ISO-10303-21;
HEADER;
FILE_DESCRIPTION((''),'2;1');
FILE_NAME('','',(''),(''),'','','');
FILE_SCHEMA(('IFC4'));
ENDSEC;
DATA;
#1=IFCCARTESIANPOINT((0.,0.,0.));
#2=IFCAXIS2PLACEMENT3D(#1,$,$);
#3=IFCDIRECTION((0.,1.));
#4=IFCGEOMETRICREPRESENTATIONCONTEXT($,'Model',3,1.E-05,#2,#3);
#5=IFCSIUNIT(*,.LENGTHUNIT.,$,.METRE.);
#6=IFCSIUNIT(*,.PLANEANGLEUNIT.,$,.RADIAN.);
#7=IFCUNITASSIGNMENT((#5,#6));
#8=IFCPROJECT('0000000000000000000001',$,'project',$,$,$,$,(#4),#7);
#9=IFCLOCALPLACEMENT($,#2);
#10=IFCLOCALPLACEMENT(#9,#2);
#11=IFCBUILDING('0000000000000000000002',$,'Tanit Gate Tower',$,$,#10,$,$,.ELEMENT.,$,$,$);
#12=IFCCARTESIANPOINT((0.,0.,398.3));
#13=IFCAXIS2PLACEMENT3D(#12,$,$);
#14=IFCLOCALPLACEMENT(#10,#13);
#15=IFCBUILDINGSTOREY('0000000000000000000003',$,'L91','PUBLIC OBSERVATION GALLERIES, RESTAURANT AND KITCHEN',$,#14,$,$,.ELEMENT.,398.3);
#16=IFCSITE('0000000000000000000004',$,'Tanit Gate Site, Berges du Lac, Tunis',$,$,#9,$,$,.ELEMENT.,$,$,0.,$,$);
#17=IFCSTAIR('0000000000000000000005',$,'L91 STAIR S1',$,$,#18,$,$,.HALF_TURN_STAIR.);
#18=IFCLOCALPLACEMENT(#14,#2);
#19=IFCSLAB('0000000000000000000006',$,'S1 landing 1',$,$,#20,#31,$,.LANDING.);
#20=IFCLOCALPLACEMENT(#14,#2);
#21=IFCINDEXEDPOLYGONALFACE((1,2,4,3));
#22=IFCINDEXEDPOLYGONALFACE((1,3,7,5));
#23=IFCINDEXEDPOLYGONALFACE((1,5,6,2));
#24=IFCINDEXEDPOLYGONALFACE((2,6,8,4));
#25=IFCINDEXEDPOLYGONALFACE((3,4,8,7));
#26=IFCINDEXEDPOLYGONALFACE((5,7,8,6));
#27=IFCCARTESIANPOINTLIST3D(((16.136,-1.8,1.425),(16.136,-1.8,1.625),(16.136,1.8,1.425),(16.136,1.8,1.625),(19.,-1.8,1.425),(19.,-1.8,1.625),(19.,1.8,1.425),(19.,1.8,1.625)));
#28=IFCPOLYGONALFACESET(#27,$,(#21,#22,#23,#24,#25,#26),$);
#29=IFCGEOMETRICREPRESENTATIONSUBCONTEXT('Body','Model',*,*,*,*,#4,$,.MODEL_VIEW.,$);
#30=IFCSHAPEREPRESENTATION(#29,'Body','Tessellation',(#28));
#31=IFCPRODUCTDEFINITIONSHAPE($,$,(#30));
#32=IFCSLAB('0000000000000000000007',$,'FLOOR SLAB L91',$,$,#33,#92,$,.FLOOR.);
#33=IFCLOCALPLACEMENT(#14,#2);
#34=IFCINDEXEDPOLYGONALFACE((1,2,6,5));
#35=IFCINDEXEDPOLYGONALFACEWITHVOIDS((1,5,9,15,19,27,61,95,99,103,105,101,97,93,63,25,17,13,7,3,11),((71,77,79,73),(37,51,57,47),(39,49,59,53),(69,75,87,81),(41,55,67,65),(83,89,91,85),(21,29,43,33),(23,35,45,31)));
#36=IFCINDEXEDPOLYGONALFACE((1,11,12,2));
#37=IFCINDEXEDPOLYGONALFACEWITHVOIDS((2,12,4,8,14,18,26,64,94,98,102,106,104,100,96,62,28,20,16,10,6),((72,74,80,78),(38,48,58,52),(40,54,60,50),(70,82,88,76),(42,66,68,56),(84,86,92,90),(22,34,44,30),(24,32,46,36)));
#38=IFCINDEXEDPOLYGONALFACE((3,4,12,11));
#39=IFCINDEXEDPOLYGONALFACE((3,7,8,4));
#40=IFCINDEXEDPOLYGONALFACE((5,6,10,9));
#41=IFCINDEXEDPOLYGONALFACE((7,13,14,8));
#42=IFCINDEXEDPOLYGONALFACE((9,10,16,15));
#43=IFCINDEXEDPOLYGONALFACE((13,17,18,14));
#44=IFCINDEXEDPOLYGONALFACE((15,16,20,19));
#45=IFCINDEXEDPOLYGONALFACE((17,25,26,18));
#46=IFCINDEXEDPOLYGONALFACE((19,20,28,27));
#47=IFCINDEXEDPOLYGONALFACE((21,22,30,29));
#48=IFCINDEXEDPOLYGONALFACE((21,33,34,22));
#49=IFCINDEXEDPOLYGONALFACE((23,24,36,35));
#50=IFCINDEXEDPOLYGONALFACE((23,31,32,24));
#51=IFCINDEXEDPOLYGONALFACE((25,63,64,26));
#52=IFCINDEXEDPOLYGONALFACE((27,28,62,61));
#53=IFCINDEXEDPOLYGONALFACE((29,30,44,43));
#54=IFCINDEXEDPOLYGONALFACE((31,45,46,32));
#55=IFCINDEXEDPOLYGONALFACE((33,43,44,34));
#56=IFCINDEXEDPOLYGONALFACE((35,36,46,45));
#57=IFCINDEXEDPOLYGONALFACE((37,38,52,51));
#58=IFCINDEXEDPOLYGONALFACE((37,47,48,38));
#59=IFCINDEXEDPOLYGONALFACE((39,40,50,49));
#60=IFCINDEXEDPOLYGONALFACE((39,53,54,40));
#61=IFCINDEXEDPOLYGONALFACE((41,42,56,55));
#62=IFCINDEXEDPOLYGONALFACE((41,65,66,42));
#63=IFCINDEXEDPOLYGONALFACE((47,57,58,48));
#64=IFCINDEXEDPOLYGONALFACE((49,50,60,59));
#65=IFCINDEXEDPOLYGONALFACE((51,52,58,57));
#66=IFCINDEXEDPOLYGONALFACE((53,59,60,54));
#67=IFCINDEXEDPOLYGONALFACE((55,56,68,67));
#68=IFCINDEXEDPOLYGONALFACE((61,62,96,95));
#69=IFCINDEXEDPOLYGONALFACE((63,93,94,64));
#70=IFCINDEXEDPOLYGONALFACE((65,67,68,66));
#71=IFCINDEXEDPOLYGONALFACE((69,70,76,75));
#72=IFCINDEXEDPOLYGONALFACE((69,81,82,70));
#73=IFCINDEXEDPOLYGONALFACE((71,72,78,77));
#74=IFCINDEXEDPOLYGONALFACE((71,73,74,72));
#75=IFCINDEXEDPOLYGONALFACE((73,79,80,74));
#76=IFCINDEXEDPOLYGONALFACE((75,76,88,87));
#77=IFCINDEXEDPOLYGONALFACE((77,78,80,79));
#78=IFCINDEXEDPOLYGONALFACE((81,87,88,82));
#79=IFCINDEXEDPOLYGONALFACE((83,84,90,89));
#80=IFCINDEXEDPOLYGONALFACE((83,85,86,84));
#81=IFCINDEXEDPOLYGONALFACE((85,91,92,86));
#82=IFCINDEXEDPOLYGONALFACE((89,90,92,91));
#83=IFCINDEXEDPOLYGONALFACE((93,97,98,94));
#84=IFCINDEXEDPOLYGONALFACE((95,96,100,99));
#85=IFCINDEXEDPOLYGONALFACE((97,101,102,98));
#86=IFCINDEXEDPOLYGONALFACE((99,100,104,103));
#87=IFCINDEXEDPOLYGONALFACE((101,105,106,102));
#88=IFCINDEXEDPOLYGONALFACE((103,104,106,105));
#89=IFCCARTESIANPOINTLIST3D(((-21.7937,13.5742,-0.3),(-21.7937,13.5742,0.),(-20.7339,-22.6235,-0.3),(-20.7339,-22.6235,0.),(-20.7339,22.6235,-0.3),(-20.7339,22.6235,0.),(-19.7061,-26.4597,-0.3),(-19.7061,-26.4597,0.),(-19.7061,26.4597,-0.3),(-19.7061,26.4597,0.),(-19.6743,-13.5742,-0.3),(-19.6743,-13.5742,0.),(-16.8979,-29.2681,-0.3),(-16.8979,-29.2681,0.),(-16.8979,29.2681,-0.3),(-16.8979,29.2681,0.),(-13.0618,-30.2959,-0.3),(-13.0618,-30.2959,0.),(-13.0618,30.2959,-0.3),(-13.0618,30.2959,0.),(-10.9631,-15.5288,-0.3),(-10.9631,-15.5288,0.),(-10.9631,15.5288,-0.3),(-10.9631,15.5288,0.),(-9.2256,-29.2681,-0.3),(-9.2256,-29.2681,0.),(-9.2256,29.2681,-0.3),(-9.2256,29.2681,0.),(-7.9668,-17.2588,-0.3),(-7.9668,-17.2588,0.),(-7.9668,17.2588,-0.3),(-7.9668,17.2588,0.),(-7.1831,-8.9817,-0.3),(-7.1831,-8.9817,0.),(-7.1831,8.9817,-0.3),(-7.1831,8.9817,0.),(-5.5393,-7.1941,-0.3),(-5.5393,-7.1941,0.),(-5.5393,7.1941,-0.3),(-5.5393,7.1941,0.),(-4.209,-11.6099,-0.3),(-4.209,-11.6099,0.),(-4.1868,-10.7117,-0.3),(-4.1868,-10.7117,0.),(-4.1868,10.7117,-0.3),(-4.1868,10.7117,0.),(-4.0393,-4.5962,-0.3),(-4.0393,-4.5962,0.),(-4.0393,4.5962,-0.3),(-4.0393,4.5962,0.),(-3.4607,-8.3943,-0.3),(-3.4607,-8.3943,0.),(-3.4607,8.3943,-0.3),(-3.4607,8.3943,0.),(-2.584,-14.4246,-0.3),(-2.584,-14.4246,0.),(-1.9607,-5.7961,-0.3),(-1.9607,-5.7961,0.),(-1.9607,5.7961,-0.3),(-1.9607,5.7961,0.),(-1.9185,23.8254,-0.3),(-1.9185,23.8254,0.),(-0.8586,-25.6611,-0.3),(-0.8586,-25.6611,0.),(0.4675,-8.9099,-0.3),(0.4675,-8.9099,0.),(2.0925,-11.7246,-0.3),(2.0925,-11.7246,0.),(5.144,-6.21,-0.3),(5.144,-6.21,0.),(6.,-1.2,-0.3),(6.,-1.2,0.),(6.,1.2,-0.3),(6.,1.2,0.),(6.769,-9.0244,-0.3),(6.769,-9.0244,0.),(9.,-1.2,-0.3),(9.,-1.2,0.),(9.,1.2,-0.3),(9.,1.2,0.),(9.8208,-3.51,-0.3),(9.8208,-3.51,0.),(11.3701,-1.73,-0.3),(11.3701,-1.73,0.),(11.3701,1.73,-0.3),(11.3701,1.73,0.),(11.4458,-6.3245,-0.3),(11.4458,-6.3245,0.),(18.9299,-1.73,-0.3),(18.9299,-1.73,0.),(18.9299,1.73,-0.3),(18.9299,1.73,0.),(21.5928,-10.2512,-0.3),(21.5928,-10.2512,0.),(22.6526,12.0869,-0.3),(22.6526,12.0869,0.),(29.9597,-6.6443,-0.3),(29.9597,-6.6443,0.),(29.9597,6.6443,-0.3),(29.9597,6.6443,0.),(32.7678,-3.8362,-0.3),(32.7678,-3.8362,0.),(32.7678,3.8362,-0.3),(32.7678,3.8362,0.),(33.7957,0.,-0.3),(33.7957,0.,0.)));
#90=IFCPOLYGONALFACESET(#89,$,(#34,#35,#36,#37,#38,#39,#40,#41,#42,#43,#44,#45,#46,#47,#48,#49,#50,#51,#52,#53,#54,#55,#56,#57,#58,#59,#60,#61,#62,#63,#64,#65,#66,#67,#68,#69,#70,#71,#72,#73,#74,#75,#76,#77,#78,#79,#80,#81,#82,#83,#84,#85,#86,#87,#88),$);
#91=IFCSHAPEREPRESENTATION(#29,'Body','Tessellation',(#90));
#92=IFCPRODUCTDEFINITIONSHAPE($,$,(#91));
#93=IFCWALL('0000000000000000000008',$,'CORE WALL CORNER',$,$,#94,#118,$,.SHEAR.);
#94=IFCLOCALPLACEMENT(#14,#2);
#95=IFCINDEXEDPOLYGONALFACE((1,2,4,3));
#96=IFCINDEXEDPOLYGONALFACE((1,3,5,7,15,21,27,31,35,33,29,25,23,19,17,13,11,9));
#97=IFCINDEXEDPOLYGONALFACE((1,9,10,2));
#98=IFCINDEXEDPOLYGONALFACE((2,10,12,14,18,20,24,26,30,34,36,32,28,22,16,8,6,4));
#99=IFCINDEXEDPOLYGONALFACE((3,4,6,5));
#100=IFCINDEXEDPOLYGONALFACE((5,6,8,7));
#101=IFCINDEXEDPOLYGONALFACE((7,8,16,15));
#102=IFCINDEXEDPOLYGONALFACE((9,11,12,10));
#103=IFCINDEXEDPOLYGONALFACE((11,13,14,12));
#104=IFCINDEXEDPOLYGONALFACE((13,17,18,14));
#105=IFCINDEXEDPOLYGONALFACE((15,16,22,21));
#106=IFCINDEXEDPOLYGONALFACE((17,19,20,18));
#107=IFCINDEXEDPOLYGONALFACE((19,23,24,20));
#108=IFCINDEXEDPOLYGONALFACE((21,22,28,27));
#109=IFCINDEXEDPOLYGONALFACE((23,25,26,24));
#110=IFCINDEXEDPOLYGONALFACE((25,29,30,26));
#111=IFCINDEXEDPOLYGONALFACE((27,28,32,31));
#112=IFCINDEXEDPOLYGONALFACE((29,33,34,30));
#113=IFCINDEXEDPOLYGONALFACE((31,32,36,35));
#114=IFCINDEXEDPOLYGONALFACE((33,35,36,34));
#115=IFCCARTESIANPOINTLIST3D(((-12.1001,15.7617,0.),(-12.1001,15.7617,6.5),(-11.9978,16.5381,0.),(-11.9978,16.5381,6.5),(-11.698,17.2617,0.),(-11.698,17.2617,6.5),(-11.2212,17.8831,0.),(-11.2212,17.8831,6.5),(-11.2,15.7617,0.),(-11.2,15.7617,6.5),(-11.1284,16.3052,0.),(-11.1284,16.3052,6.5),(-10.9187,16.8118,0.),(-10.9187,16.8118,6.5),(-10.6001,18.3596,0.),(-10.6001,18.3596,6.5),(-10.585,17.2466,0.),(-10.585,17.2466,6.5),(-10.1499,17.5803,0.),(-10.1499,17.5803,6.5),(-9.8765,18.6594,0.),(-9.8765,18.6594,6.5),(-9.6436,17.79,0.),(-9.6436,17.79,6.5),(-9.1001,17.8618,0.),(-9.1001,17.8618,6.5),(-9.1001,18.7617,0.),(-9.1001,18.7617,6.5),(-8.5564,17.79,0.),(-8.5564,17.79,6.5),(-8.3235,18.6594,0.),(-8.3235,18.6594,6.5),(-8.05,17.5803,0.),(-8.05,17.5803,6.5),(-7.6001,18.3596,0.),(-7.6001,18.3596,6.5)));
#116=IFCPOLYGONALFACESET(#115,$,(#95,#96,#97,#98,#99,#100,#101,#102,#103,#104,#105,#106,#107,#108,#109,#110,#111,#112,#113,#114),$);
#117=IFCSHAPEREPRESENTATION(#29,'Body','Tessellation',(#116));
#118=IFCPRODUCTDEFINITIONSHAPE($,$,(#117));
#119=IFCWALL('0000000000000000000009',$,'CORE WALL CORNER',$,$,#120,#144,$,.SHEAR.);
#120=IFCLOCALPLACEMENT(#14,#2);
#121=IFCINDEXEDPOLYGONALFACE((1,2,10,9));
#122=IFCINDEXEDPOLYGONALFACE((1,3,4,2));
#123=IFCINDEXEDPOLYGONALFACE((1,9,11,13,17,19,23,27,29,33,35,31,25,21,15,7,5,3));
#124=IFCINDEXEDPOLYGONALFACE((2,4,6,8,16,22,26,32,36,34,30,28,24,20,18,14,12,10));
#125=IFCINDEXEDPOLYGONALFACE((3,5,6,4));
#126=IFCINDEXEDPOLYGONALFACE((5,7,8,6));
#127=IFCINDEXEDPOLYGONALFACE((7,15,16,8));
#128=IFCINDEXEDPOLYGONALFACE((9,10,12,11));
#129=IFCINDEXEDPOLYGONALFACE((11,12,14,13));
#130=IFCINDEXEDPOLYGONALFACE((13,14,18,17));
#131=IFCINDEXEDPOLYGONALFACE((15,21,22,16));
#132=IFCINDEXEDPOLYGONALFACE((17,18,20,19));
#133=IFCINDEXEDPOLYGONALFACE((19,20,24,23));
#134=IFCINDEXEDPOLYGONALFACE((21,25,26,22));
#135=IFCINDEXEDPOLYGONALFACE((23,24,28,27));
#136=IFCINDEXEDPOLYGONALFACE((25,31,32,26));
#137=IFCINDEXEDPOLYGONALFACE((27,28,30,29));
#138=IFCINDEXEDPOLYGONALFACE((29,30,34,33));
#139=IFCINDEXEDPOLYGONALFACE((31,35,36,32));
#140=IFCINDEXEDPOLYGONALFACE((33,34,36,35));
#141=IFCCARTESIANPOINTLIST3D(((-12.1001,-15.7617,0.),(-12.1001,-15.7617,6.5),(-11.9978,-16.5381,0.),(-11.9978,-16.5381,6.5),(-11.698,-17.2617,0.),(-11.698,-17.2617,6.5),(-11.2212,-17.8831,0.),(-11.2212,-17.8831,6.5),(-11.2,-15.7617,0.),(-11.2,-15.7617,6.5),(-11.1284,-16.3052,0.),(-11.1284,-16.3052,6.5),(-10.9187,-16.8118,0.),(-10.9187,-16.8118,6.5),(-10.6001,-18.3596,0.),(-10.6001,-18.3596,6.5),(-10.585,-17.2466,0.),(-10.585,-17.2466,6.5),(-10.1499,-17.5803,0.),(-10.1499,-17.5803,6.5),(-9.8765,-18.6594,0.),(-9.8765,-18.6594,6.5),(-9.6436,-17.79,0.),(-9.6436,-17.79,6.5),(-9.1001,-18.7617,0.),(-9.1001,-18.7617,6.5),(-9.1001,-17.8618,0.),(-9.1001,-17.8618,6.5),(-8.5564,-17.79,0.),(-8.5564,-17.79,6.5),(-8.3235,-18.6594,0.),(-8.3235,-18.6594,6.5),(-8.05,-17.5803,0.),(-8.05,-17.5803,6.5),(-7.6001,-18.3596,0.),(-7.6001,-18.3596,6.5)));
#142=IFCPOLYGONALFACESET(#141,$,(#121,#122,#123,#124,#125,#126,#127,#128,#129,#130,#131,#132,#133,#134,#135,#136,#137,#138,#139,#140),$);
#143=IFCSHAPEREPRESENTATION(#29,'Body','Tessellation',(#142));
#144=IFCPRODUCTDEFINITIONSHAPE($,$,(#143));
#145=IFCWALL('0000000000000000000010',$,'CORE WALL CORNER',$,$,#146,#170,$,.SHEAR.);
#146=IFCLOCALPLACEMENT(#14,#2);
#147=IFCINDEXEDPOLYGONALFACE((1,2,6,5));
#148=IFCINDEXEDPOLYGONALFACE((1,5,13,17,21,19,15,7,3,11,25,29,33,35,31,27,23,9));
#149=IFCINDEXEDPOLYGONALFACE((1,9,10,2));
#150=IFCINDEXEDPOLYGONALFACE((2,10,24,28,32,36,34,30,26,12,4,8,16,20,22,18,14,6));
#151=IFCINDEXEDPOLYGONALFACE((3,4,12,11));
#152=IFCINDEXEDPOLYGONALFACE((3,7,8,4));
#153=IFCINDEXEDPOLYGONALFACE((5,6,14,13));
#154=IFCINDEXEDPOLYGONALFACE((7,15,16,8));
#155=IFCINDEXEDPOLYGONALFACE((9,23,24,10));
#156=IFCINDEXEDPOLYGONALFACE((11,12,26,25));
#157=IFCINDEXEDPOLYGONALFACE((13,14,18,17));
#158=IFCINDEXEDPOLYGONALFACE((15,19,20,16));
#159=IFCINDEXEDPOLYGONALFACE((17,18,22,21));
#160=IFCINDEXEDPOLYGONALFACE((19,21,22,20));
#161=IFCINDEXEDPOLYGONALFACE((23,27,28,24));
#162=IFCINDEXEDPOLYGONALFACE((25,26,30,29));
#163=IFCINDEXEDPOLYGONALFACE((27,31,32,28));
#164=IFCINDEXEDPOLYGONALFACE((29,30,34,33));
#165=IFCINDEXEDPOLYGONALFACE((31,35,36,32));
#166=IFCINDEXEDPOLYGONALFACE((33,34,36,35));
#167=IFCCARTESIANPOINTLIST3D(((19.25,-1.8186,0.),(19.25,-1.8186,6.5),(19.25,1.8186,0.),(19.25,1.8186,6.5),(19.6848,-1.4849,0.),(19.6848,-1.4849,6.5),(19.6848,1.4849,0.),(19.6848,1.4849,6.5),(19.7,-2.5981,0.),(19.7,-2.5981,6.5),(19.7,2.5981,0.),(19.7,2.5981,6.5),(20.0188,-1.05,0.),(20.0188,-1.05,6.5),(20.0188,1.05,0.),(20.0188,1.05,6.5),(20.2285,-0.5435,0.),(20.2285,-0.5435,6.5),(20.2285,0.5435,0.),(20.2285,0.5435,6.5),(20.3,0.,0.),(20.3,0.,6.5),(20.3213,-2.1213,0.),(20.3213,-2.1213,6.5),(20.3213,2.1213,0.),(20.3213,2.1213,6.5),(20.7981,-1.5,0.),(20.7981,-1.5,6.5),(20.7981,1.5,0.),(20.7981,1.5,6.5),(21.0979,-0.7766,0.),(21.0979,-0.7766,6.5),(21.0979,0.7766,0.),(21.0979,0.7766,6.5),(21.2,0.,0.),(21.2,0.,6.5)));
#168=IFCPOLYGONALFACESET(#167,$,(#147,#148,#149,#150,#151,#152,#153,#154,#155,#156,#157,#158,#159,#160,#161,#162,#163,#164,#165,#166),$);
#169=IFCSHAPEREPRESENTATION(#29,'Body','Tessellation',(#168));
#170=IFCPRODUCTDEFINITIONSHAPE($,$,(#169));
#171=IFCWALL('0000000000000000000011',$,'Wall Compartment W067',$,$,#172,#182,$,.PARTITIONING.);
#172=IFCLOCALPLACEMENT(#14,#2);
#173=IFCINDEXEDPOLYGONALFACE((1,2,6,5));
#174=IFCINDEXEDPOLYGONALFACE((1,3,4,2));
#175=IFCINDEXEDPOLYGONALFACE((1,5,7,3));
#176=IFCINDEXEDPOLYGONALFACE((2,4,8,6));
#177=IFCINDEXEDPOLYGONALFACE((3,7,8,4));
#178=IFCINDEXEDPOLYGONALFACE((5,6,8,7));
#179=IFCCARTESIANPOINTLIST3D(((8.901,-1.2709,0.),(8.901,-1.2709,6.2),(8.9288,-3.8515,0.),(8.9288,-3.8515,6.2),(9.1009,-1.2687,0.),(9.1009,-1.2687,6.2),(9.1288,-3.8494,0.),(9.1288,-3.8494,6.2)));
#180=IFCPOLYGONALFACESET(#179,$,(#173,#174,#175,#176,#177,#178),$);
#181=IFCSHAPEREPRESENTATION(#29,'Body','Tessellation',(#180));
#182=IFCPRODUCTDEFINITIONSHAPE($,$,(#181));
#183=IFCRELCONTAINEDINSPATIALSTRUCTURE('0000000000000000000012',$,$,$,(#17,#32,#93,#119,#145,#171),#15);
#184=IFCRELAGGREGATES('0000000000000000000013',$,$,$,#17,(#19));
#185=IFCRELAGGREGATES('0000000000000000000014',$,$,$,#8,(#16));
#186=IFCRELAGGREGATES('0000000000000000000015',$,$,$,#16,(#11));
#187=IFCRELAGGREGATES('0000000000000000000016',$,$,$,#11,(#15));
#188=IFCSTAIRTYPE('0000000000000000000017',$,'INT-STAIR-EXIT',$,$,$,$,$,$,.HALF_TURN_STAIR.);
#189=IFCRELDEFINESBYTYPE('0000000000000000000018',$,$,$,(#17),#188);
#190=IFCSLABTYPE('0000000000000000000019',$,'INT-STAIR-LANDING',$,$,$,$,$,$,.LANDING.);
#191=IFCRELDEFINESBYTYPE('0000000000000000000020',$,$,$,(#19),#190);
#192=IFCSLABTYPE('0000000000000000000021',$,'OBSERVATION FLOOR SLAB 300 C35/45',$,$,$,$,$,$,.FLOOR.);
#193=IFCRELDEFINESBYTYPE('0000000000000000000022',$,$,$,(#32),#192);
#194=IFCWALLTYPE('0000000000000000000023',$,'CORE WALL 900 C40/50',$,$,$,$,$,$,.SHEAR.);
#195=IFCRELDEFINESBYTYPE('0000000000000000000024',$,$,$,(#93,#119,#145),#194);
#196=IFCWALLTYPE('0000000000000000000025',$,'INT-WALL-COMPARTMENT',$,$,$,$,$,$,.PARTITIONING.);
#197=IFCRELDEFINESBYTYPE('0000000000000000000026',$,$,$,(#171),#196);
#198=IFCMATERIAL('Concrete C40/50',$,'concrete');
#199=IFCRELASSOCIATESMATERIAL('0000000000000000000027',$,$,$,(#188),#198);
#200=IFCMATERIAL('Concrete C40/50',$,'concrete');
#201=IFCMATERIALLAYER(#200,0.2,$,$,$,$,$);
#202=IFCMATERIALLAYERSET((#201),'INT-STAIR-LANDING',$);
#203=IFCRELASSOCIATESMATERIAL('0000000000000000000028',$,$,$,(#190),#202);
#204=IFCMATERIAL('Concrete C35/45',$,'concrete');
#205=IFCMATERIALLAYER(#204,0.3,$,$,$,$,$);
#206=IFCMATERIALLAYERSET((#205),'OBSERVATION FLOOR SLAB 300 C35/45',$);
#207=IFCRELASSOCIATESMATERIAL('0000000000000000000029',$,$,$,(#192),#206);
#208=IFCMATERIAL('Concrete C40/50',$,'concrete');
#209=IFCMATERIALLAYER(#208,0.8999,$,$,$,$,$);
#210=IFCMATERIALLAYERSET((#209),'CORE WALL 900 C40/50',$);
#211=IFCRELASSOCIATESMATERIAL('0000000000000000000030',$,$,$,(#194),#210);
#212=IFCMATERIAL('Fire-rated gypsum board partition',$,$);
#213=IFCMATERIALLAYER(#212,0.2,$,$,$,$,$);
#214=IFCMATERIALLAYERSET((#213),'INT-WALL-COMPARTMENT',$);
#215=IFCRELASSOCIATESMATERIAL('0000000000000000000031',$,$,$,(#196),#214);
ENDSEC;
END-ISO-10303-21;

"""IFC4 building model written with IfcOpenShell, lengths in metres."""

from ifc_helpers import new_model, si_unit, direction, frame, frame_2d, origin, place, context, subcontext, project, spatial, polyline, rectangle, outline, extrude, material, layer, layer_set, type_object, element, aggregate, save


model = new_model("IFC4")

# Units and contexts
model_context = context("Model", 3, precision=1e-05, world=origin(), true_north=direction((0.0, 1.0)))
body_context = subcontext(model_context, "Body", "Model", "MODEL_VIEW")
ifc_project = project(units=[si_unit("LENGTHUNIT", "METRE"), si_unit("PLANEANGLEUNIT", "RADIAN")], contexts=[model_context])

# Site, building, storey
site_placement = place(None, origin())
site = spatial("IfcSite", under=ifc_project, at=site_placement, Name="Tanit Gate Site, Berges du Lac, Tunis", CompositionType="ELEMENT", RefElevation=0.0)
building_placement = place(site_placement, origin())
building = spatial("IfcBuilding", under=site, at=building_placement, Name="Tanit Gate Tower", CompositionType="ELEMENT")
storey_placement = place(building_placement, frame((0.0, 0.0, 398.3)))
storey = spatial("IfcBuildingStorey", under=building, at=storey_placement, Name="L91", Description="PUBLIC OBSERVATION GALLERIES, RESTAURANT AND KITCHEN", CompositionType="ELEMENT", Elevation=398.3)

# Stair, slab
ifc_material_1 = material(Name="Concrete C40/50", Category="concrete")
stair_type = type_object("IfcStairType", Name="INT-STAIR-EXIT", PredefinedType="HALF_TURN_STAIR", material=ifc_material_1)
stair_placement = place(storey_placement, origin())
stair = element("IfcStair", 1, at=stair_placement, inside=storey, type_object=stair_type, Name="L91 STAIR S1", PredefinedType="HALF_TURN_STAIR")
ifc_material_2 = material(Name="Concrete C40/50", Category="concrete")
ifc_layer_1 = layer(ifc_material_2, 0.2)
ifc_layer_set_1 = layer_set([ifc_layer_1], Name="INT-STAIR-LANDING")
slab_type_1 = type_object("IfcSlabType", Name="INT-STAIR-LANDING", PredefinedType="LANDING", material=ifc_layer_set_1)
slab_1_placement = place(storey_placement, frame((0.0, 0.0, 1.425)))
slab_1 = element("IfcSlab", 2, at=slab_1_placement, type_object=slab_type_1, Name="S1 landing 1", PredefinedType="LANDING", context=body_context, shape_type="SweptSolid", body=[
    extrude(outline(polyline([(16.136, -1.8), (19.0, -1.8), (19.0, 1.8), (16.136, 1.8), (16.136, -1.8)])), origin(), (0.0, 0.0, 1.0), 0.2),
])
aggregate(stair, [slab_1])

# Slab
ifc_material_3 = material(Name="Concrete C35/45", Category="concrete")
ifc_layer_2 = layer(ifc_material_3, 0.3)
ifc_layer_set_2 = layer_set([ifc_layer_2], Name="OBSERVATION FLOOR SLAB 300 C35/45")
slab_type_2 = type_object("IfcSlabType", Name="OBSERVATION FLOOR SLAB 300 C35/45", PredefinedType="FLOOR", material=ifc_layer_set_2)
slab_2_placement = place(storey_placement, frame((0.0, 0.0, -0.3)))
element("IfcSlab", 3, at=slab_2_placement, inside=storey, type_object=slab_type_2, Name="FLOOR SLAB L91", PredefinedType="FLOOR", context=body_context, shape_type="SweptSolid", body=[
    extrude(outline(polyline([(29.9597, 6.6443), (32.7678, 3.8362), (33.7957, 0.0), (32.7678, -3.8362), (29.9597, -6.6443), (21.5928, -10.2512), (-0.8586, -25.6611), (-9.2256, -29.2681), (-13.0618, -30.2959), (-16.8979, -29.2681), (-19.7061, -26.4597), (-20.7339, -22.6235), (-19.6743, -13.5742), (-21.7937, 13.5742), (-20.7339, 22.6235), (-19.7061, 26.4597), (-16.8979, 29.2681), (-13.0618, 30.2959), (-9.2256, 29.2681), (-1.9185, 23.8254), (22.6526, 12.0869), (29.9597, 6.6443)]), holes=[polyline([(11.3701, -1.73), (11.3701, 1.73), (18.9299, 1.73), (18.9299, -1.73), (11.3701, -1.73)]), polyline([(5.144, -6.21), (9.8208, -3.51), (11.4458, -6.3245), (6.769, -9.0244), (5.144, -6.21)]), polyline([(6.0, -1.2), (6.0, 1.2), (9.0, 1.2), (9.0, -1.2), (6.0, -1.2)]), polyline([(-4.209, -11.6099), (0.4675, -8.9099), (2.0925, -11.7246), (-2.584, -14.4246), (-4.209, -11.6099)]), polyline([(-4.0393, 4.5962), (-5.5393, 7.1941), (-3.4607, 8.3943), (-1.9607, 5.7961), (-4.0393, 4.5962)]), polyline([(-1.9607, -5.7961), (-3.4607, -8.3943), (-5.5393, -7.1941), (-4.0393, -4.5962), (-1.9607, -5.7961)]), polyline([(-7.1831, 8.9817), (-10.9631, 15.5288), (-7.9668, 17.2588), (-4.1868, 10.7117), (-7.1831, 8.9817)]), polyline([(-7.1831, -8.9817), (-4.1868, -10.7117), (-7.9668, -17.2588), (-10.9631, -15.5288), (-7.1831, -8.9817)])]), origin(), (0.0, 0.0, 1.0), 0.3),
])

# Walls
ifc_material_4 = material(Name="Concrete C40/50", Category="concrete")
ifc_layer_3 = layer(ifc_material_4, 0.8999)
ifc_layer_set_3 = layer_set([ifc_layer_3], Name="CORE WALL 900 C40/50")
wall_type_1 = type_object("IfcWallType", Name="CORE WALL 900 C40/50", PredefinedType="SHEAR", material=ifc_layer_set_3)
wall_1_placement = place(storey_placement, origin())
element("IfcWall", 4, at=wall_1_placement, inside=storey, type_object=wall_type_1, Name="CORE WALL CORNER", PredefinedType="SHEAR", context=body_context, shape_type="SweptSolid", body=[
    extrude(outline(polyline([(-7.6001, 18.3596), (-8.3235, 18.6594), (-9.1001, 18.7617), (-9.8765, 18.6594), (-10.6001, 18.3596), (-11.2212, 17.8831), (-11.698, 17.2617), (-11.9978, 16.5381), (-12.1001, 15.7617), (-11.2, 15.7617), (-11.1284, 16.3052), (-10.9187, 16.8118), (-10.585, 17.2466), (-10.1499, 17.5803), (-9.6436, 17.79), (-9.1001, 17.8618), (-8.5564, 17.79), (-8.05, 17.5803), (-7.6001, 18.3596)])), origin(), (0.0, 0.0, 1.0), 6.5),
])
wall_2_placement = place(storey_placement, origin())
element("IfcWall", 5, at=wall_2_placement, inside=storey, type_object=wall_type_1, Name="CORE WALL CORNER", PredefinedType="SHEAR", context=body_context, shape_type="SweptSolid", body=[
    extrude(outline(polyline([(-12.1001, -15.7617), (-11.9978, -16.5381), (-11.698, -17.2617), (-11.2212, -17.8831), (-10.6001, -18.3596), (-9.8765, -18.6594), (-9.1001, -18.7617), (-8.3235, -18.6594), (-7.6001, -18.3596), (-8.05, -17.5803), (-8.5564, -17.79), (-9.1001, -17.8618), (-9.6436, -17.79), (-10.1499, -17.5803), (-10.585, -17.2466), (-10.9187, -16.8118), (-11.1284, -16.3052), (-11.2, -15.7617), (-12.1001, -15.7617)])), origin(), (0.0, 0.0, 1.0), 6.5),
])
wall_3_placement = place(storey_placement, origin())
element("IfcWall", 6, at=wall_3_placement, inside=storey, type_object=wall_type_1, Name="CORE WALL CORNER", PredefinedType="SHEAR", context=body_context, shape_type="SweptSolid", body=[
    extrude(outline(polyline([(19.7, -2.5981), (20.3213, -2.1213), (20.7981, -1.5), (21.0979, -0.7766), (21.2, 0.0), (21.0979, 0.7766), (20.7981, 1.5), (20.3213, 2.1213), (19.7, 2.5981), (19.25, 1.8186), (19.6848, 1.4849), (20.0188, 1.05), (20.2285, 0.5435), (20.3, 0.0), (20.2285, -0.5435), (20.0188, -1.05), (19.6848, -1.4849), (19.25, -1.8186), (19.7, -2.5981)])), origin(), (0.0, 0.0, 1.0), 6.5),
])
ifc_material_5 = material(Name="Fire-rated gypsum board partition")
ifc_layer_4 = layer(ifc_material_5, 0.2)
ifc_layer_set_4 = layer_set([ifc_layer_4], Name="INT-WALL-COMPARTMENT")
wall_type_2 = type_object("IfcWallType", Name="INT-WALL-COMPARTMENT", PredefinedType="PARTITIONING", material=ifc_layer_set_4)
wall_4_placement = place(storey_placement, frame((9.0288, -3.8506, 0.0), z_axis=(0.0, 0.0, 1.0), x_axis=(-0.010785, 0.999942, 0.0)))
element("IfcWall", 7, at=wall_4_placement, inside=storey, type_object=wall_type_2, Name="Wall Compartment W067", PredefinedType="PARTITIONING", context=body_context, shape_type="SweptSolid", body=[
    extrude(rectangle(XDim=2.5808, YDim=0.2, at=frame_2d((1.2905, 0.0))), origin(), (0.0, 0.0, 1.0), 6.2),
])

save(model, "model.ifc")
